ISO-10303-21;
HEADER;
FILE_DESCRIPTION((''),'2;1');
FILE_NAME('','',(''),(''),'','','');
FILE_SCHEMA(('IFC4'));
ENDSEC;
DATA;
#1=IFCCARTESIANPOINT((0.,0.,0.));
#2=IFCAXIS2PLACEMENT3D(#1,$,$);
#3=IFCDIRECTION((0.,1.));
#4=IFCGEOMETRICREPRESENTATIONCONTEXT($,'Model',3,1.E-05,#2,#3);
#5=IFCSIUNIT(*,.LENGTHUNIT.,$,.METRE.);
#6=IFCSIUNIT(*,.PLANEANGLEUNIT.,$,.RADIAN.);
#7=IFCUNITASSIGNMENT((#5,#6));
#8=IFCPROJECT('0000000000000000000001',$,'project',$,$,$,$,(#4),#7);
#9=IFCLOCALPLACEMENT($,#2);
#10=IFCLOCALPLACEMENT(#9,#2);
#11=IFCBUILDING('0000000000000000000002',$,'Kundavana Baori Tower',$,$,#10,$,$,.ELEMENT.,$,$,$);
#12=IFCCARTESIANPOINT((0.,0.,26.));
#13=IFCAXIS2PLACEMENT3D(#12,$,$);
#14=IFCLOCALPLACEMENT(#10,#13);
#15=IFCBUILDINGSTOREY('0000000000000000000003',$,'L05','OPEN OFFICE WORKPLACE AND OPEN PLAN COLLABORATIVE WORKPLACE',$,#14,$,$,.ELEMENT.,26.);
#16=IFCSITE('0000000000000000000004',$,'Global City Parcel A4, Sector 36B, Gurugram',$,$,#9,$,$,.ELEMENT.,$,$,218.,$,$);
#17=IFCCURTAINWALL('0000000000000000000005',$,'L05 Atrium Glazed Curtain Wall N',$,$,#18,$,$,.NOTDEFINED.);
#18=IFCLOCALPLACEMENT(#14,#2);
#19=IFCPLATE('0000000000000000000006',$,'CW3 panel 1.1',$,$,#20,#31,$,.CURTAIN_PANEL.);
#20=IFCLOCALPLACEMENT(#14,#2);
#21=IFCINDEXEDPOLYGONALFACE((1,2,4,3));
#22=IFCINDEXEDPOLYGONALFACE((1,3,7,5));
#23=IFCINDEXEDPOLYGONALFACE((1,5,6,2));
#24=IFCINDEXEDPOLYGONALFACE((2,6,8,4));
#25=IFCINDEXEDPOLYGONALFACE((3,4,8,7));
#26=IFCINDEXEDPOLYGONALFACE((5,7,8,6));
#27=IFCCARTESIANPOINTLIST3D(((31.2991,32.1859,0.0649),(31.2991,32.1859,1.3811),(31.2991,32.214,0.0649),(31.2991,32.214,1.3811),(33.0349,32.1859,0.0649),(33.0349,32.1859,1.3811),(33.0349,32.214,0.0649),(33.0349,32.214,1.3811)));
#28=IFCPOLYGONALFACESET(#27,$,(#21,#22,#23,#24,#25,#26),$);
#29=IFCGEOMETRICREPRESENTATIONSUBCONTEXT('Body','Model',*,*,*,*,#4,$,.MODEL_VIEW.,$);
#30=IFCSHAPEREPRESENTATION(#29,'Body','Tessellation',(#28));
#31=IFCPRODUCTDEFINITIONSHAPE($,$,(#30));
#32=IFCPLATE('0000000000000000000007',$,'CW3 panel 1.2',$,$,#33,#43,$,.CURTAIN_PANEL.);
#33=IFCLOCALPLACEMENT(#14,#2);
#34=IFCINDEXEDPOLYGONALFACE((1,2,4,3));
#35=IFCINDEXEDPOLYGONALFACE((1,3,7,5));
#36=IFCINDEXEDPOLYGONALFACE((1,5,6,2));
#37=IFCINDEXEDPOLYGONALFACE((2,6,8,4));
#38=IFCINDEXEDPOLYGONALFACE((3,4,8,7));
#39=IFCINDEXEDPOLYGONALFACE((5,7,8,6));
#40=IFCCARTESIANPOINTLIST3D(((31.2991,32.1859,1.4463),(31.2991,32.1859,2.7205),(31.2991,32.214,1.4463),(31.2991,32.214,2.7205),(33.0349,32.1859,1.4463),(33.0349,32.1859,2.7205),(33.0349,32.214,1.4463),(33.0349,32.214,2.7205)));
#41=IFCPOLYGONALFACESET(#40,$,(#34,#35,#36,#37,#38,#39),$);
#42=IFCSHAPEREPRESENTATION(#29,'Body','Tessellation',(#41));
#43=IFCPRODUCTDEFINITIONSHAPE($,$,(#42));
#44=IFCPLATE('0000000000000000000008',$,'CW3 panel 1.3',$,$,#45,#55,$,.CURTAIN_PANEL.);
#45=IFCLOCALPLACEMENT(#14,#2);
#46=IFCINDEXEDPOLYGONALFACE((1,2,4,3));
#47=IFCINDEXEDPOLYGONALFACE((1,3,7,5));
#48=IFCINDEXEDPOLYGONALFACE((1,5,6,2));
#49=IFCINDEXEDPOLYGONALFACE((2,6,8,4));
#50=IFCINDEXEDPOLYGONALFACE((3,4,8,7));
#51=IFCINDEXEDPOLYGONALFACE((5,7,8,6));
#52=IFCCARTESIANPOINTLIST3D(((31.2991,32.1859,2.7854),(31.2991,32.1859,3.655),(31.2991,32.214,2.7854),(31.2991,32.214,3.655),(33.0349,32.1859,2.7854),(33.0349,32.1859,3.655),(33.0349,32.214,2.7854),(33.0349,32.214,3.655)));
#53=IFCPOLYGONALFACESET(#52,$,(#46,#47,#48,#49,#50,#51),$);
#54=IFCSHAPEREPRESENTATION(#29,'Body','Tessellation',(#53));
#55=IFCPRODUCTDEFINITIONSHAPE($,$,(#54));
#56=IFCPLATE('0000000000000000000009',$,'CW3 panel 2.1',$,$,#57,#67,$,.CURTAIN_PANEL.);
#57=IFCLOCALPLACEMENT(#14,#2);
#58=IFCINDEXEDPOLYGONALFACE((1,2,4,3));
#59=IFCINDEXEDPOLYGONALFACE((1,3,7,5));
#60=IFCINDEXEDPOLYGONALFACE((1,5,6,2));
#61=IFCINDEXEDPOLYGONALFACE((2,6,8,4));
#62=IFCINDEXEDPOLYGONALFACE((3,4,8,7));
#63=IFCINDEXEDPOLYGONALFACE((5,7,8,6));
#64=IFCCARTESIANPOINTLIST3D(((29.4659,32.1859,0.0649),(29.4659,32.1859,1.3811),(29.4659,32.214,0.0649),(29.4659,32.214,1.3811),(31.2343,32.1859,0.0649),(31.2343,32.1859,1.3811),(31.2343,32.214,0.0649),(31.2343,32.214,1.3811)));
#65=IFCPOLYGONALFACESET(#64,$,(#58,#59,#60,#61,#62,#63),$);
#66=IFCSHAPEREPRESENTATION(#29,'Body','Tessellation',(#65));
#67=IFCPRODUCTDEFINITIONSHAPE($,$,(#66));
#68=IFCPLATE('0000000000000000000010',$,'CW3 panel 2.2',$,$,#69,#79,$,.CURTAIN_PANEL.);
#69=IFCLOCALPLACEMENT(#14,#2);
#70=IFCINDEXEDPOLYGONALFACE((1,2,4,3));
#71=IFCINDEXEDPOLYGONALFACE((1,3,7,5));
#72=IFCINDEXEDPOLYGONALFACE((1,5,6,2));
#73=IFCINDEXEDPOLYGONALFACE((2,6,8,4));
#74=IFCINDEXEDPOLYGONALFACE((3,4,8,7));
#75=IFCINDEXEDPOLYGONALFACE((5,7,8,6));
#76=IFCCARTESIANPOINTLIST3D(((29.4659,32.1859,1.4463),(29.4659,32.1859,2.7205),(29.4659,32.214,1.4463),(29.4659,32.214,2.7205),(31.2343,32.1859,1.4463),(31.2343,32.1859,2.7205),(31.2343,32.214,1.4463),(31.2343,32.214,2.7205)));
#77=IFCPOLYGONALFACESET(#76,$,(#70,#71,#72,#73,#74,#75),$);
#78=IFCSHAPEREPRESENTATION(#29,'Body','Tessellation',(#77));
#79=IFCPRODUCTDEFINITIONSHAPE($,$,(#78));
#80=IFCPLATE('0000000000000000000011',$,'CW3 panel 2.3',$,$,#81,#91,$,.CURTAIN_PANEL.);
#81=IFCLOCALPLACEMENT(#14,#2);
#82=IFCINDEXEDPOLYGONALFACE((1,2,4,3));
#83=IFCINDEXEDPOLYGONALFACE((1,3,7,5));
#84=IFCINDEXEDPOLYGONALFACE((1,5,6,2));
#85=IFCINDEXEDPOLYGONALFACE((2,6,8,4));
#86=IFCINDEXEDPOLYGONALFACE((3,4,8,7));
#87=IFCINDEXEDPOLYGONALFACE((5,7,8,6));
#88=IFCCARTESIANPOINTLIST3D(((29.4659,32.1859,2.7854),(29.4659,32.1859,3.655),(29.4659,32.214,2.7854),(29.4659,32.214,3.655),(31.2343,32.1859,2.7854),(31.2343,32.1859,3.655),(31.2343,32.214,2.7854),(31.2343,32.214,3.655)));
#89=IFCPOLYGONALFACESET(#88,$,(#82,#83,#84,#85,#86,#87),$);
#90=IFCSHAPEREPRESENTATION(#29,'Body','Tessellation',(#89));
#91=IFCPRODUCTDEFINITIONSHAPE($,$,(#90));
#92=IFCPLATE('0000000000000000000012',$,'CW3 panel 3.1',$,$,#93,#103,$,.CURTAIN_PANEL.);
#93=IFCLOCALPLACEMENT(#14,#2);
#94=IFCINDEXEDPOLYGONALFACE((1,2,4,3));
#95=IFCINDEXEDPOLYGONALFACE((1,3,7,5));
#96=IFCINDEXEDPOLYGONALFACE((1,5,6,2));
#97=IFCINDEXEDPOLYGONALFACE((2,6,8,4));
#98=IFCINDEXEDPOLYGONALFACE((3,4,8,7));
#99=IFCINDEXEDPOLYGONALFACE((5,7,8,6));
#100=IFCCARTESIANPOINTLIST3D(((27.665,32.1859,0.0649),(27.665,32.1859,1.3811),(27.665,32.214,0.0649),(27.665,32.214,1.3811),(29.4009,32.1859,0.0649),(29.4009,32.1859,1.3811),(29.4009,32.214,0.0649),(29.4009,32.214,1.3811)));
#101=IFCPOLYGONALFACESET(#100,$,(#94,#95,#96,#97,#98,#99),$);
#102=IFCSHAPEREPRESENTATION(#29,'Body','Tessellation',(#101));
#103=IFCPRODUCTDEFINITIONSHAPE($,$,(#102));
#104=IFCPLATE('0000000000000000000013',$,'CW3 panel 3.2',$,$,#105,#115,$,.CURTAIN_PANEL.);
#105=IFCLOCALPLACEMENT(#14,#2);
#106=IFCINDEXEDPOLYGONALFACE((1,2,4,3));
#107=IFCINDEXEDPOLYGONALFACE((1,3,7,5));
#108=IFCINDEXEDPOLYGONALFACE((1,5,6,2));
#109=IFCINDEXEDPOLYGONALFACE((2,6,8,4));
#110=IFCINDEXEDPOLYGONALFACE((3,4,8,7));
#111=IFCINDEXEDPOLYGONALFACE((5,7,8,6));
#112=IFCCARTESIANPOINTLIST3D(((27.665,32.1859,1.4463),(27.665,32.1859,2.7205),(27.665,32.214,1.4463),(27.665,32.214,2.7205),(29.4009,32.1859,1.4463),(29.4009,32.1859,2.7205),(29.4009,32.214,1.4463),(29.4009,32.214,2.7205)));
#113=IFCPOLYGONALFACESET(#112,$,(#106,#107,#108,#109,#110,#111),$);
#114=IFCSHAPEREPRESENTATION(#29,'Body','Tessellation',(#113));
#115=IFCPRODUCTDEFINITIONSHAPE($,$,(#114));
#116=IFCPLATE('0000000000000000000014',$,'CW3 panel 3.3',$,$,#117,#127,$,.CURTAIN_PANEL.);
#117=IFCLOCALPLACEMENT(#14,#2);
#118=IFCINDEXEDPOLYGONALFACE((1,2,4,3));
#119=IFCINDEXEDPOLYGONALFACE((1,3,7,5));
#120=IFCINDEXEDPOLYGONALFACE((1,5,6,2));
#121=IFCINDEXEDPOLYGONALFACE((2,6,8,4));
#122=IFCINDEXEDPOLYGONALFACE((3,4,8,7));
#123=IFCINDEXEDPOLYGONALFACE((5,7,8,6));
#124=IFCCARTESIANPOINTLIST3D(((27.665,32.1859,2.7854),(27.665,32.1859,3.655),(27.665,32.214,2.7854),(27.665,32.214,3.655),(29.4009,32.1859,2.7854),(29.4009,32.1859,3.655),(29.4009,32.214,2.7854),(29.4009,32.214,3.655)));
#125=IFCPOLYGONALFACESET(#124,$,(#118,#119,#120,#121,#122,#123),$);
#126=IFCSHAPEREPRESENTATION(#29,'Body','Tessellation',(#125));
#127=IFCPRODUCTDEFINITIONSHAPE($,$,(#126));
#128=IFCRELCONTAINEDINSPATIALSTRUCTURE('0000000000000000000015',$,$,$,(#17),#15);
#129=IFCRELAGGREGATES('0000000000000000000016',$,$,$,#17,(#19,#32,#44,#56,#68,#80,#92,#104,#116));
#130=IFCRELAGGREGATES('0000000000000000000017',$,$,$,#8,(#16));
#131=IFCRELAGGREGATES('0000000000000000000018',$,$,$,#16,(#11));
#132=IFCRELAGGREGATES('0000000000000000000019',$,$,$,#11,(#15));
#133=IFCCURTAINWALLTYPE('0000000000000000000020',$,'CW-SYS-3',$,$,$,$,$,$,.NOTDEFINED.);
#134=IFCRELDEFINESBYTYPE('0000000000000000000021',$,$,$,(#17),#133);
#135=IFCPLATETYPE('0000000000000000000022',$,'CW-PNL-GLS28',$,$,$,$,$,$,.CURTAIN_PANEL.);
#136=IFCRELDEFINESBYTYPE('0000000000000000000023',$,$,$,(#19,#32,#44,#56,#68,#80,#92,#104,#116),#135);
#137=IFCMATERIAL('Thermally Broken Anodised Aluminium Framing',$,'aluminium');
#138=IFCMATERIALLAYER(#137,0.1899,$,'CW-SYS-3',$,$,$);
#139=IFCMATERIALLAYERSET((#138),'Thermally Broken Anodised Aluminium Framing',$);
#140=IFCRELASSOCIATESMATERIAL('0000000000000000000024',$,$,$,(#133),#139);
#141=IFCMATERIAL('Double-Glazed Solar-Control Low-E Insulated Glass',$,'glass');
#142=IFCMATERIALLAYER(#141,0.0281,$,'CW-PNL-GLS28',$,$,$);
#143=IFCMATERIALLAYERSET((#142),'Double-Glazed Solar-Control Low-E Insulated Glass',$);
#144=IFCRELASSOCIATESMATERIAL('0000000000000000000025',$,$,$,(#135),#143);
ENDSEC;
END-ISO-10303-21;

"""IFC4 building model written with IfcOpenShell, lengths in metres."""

from ifc_helpers import new_model, si_unit, direction, frame, origin, origin_2d, place, context, subcontext, project, spatial, rectangle, extrude, material, layer, layer_set, type_object, element, aggregate, save


model = new_model("IFC4")

# Units and contexts
model_context = context("Model", 3, precision=1e-05, world=origin(), true_north=direction((0.0, 1.0)))
body_context = subcontext(model_context, "Body", "Model", "MODEL_VIEW")
ifc_project = project(units=[si_unit("LENGTHUNIT", "METRE"), si_unit("PLANEANGLEUNIT", "RADIAN")], contexts=[model_context])

# Site, building, storey
site_placement = place(None, origin())
site = spatial("IfcSite", under=ifc_project, at=site_placement, Name="Global City Parcel A4, Sector 36B, Gurugram", CompositionType="ELEMENT", RefElevation=218.0)
building_placement = place(site_placement, origin())
building = spatial("IfcBuilding", under=site, at=building_placement, Name="Kundavana Baori Tower", CompositionType="ELEMENT")
storey_placement = place(building_placement, frame((0.0, 0.0, 26.0)))
storey = spatial("IfcBuildingStorey", under=building, at=storey_placement, Name="L05", Description="OPEN OFFICE WORKPLACE AND OPEN PLAN COLLABORATIVE WORKPLACE", CompositionType="ELEMENT", Elevation=26.0)

# Curtain wall, plates
ifc_material_1 = material(Name="Thermally Broken Anodised Aluminium Framing", Category="aluminium")
ifc_layer_1 = layer(ifc_material_1, 0.1899, Name="CW-SYS-3")
ifc_layer_set_1 = layer_set([ifc_layer_1], Name="Thermally Broken Anodised Aluminium Framing")
curtain_wall_type = type_object("IfcCurtainWallType", Name="CW-SYS-3", PredefinedType="NOTDEFINED", material=ifc_layer_set_1)
curtain_wall_placement = place(storey_placement, origin())
curtain_wall = element("IfcCurtainWall", 1, at=curtain_wall_placement, inside=storey, type_object=curtain_wall_type, Name="L05 Atrium Glazed Curtain Wall N", PredefinedType="NOTDEFINED")
ifc_material_2 = material(Name="Double-Glazed Solar-Control Low-E Insulated Glass", Category="glass")
ifc_layer_2 = layer(ifc_material_2, 0.0281, Name="CW-PNL-GLS28")
ifc_layer_set_2 = layer_set([ifc_layer_2], Name="Double-Glazed Solar-Control Low-E Insulated Glass")
plate_type = type_object("IfcPlateType", Name="CW-PNL-GLS28", PredefinedType="CURTAIN_PANEL", material=ifc_layer_set_2)
plate_1_placement = place(storey_placement, frame((32.167, 32.2, 0.0649), z_axis=(0.0, 0.0, 1.0), x_axis=(-1.0, 0.0, 0.0)))
plate_1 = element("IfcPlate", 2, at=plate_1_placement, type_object=plate_type, Name="CW3 panel 1.1", PredefinedType="CURTAIN_PANEL", context=body_context, shape_type="SweptSolid", body=[
    extrude(rectangle(XDim=1.7358, YDim=0.0281, at=origin_2d()), origin(), (0.0, 0.0, 1.0), 1.3162),
])
plate_2_placement = place(storey_placement, frame((32.167, 32.2, 1.4463), z_axis=(0.0, 0.0, 1.0), x_axis=(-1.0, 0.0, 0.0)))
plate_2 = element("IfcPlate", 3, at=plate_2_placement, type_object=plate_type, Name="CW3 panel 1.2", PredefinedType="CURTAIN_PANEL", context=body_context, shape_type="SweptSolid", body=[
    extrude(rectangle(XDim=1.7358, YDim=0.0281, at=origin_2d()), origin(), (0.0, 0.0, 1.0), 1.2742),
])
plate_3_placement = place(storey_placement, frame((32.167, 32.2, 2.7854), z_axis=(0.0, 0.0, 1.0), x_axis=(-1.0, 0.0, 0.0)))
plate_3 = element("IfcPlate", 4, at=plate_3_placement, type_object=plate_type, Name="CW3 panel 1.3", PredefinedType="CURTAIN_PANEL", context=body_context, shape_type="SweptSolid", body=[
    extrude(rectangle(XDim=1.7358, YDim=0.0281, at=origin_2d()), origin(), (0.0, 0.0, 1.0), 0.8696),
])
plate_4_placement = place(storey_placement, frame((30.3501, 32.2, 0.0649), z_axis=(0.0, 0.0, 1.0), x_axis=(-1.0, 0.0, 0.0)))
plate_4 = element("IfcPlate", 5, at=plate_4_placement, type_object=plate_type, Name="CW3 panel 2.1", PredefinedType="CURTAIN_PANEL", context=body_context, shape_type="SweptSolid", body=[
    extrude(rectangle(XDim=1.7683, YDim=0.0281, at=origin_2d()), origin(), (0.0, 0.0, 1.0), 1.3162),
])
plate_5_placement = place(storey_placement, frame((30.3501, 32.2, 1.4463), z_axis=(0.0, 0.0, 1.0), x_axis=(-1.0, 0.0, 0.0)))
plate_5 = element("IfcPlate", 6, at=plate_5_placement, type_object=plate_type, Name="CW3 panel 2.2", PredefinedType="CURTAIN_PANEL", context=body_context, shape_type="SweptSolid", body=[
    extrude(rectangle(XDim=1.7683, YDim=0.0281, at=origin_2d()), origin(), (0.0, 0.0, 1.0), 1.2742),
])
plate_6_placement = place(storey_placement, frame((30.3501, 32.2, 2.7854), z_axis=(0.0, 0.0, 1.0), x_axis=(-1.0, 0.0, 0.0)))
plate_6 = element("IfcPlate", 7, at=plate_6_placement, type_object=plate_type, Name="CW3 panel 2.3", PredefinedType="CURTAIN_PANEL", context=body_context, shape_type="SweptSolid", body=[
    extrude(rectangle(XDim=1.7683, YDim=0.0281, at=origin_2d()), origin(), (0.0, 0.0, 1.0), 0.8696),
])
plate_7_placement = place(storey_placement, frame((28.533, 32.2, 0.0649), z_axis=(0.0, 0.0, 1.0), x_axis=(-1.0, 0.0, 0.0)))
plate_7 = element("IfcPlate", 8, at=plate_7_placement, type_object=plate_type, Name="CW3 panel 3.1", PredefinedType="CURTAIN_PANEL", context=body_context, shape_type="SweptSolid", body=[
    extrude(rectangle(XDim=1.7358, YDim=0.0281, at=origin_2d()), origin(), (0.0, 0.0, 1.0), 1.3162),
])
plate_8_placement = place(storey_placement, frame((28.533, 32.2, 1.4463), z_axis=(0.0, 0.0, 1.0), x_axis=(-1.0, 0.0, 0.0)))
plate_8 = element("IfcPlate", 9, at=plate_8_placement, type_object=plate_type, Name="CW3 panel 3.2", PredefinedType="CURTAIN_PANEL", context=body_context, shape_type="SweptSolid", body=[
    extrude(rectangle(XDim=1.7358, YDim=0.0281, at=origin_2d()), origin(), (0.0, 0.0, 1.0), 1.2742),
])
plate_9_placement = place(storey_placement, frame((28.533, 32.2, 2.7854), z_axis=(0.0, 0.0, 1.0), x_axis=(-1.0, 0.0, 0.0)))
plate_9 = element("IfcPlate", 10, at=plate_9_placement, type_object=plate_type, Name="CW3 panel 3.3", PredefinedType="CURTAIN_PANEL", context=body_context, shape_type="SweptSolid", body=[
    extrude(rectangle(XDim=1.7358, YDim=0.0281, at=origin_2d()), origin(), (0.0, 0.0, 1.0), 0.8696),
])
aggregate(curtain_wall, [plate_1, plate_2, plate_3, plate_4, plate_5, plate_6, plate_7, plate_8, plate_9])

save(model, "model.ifc")
